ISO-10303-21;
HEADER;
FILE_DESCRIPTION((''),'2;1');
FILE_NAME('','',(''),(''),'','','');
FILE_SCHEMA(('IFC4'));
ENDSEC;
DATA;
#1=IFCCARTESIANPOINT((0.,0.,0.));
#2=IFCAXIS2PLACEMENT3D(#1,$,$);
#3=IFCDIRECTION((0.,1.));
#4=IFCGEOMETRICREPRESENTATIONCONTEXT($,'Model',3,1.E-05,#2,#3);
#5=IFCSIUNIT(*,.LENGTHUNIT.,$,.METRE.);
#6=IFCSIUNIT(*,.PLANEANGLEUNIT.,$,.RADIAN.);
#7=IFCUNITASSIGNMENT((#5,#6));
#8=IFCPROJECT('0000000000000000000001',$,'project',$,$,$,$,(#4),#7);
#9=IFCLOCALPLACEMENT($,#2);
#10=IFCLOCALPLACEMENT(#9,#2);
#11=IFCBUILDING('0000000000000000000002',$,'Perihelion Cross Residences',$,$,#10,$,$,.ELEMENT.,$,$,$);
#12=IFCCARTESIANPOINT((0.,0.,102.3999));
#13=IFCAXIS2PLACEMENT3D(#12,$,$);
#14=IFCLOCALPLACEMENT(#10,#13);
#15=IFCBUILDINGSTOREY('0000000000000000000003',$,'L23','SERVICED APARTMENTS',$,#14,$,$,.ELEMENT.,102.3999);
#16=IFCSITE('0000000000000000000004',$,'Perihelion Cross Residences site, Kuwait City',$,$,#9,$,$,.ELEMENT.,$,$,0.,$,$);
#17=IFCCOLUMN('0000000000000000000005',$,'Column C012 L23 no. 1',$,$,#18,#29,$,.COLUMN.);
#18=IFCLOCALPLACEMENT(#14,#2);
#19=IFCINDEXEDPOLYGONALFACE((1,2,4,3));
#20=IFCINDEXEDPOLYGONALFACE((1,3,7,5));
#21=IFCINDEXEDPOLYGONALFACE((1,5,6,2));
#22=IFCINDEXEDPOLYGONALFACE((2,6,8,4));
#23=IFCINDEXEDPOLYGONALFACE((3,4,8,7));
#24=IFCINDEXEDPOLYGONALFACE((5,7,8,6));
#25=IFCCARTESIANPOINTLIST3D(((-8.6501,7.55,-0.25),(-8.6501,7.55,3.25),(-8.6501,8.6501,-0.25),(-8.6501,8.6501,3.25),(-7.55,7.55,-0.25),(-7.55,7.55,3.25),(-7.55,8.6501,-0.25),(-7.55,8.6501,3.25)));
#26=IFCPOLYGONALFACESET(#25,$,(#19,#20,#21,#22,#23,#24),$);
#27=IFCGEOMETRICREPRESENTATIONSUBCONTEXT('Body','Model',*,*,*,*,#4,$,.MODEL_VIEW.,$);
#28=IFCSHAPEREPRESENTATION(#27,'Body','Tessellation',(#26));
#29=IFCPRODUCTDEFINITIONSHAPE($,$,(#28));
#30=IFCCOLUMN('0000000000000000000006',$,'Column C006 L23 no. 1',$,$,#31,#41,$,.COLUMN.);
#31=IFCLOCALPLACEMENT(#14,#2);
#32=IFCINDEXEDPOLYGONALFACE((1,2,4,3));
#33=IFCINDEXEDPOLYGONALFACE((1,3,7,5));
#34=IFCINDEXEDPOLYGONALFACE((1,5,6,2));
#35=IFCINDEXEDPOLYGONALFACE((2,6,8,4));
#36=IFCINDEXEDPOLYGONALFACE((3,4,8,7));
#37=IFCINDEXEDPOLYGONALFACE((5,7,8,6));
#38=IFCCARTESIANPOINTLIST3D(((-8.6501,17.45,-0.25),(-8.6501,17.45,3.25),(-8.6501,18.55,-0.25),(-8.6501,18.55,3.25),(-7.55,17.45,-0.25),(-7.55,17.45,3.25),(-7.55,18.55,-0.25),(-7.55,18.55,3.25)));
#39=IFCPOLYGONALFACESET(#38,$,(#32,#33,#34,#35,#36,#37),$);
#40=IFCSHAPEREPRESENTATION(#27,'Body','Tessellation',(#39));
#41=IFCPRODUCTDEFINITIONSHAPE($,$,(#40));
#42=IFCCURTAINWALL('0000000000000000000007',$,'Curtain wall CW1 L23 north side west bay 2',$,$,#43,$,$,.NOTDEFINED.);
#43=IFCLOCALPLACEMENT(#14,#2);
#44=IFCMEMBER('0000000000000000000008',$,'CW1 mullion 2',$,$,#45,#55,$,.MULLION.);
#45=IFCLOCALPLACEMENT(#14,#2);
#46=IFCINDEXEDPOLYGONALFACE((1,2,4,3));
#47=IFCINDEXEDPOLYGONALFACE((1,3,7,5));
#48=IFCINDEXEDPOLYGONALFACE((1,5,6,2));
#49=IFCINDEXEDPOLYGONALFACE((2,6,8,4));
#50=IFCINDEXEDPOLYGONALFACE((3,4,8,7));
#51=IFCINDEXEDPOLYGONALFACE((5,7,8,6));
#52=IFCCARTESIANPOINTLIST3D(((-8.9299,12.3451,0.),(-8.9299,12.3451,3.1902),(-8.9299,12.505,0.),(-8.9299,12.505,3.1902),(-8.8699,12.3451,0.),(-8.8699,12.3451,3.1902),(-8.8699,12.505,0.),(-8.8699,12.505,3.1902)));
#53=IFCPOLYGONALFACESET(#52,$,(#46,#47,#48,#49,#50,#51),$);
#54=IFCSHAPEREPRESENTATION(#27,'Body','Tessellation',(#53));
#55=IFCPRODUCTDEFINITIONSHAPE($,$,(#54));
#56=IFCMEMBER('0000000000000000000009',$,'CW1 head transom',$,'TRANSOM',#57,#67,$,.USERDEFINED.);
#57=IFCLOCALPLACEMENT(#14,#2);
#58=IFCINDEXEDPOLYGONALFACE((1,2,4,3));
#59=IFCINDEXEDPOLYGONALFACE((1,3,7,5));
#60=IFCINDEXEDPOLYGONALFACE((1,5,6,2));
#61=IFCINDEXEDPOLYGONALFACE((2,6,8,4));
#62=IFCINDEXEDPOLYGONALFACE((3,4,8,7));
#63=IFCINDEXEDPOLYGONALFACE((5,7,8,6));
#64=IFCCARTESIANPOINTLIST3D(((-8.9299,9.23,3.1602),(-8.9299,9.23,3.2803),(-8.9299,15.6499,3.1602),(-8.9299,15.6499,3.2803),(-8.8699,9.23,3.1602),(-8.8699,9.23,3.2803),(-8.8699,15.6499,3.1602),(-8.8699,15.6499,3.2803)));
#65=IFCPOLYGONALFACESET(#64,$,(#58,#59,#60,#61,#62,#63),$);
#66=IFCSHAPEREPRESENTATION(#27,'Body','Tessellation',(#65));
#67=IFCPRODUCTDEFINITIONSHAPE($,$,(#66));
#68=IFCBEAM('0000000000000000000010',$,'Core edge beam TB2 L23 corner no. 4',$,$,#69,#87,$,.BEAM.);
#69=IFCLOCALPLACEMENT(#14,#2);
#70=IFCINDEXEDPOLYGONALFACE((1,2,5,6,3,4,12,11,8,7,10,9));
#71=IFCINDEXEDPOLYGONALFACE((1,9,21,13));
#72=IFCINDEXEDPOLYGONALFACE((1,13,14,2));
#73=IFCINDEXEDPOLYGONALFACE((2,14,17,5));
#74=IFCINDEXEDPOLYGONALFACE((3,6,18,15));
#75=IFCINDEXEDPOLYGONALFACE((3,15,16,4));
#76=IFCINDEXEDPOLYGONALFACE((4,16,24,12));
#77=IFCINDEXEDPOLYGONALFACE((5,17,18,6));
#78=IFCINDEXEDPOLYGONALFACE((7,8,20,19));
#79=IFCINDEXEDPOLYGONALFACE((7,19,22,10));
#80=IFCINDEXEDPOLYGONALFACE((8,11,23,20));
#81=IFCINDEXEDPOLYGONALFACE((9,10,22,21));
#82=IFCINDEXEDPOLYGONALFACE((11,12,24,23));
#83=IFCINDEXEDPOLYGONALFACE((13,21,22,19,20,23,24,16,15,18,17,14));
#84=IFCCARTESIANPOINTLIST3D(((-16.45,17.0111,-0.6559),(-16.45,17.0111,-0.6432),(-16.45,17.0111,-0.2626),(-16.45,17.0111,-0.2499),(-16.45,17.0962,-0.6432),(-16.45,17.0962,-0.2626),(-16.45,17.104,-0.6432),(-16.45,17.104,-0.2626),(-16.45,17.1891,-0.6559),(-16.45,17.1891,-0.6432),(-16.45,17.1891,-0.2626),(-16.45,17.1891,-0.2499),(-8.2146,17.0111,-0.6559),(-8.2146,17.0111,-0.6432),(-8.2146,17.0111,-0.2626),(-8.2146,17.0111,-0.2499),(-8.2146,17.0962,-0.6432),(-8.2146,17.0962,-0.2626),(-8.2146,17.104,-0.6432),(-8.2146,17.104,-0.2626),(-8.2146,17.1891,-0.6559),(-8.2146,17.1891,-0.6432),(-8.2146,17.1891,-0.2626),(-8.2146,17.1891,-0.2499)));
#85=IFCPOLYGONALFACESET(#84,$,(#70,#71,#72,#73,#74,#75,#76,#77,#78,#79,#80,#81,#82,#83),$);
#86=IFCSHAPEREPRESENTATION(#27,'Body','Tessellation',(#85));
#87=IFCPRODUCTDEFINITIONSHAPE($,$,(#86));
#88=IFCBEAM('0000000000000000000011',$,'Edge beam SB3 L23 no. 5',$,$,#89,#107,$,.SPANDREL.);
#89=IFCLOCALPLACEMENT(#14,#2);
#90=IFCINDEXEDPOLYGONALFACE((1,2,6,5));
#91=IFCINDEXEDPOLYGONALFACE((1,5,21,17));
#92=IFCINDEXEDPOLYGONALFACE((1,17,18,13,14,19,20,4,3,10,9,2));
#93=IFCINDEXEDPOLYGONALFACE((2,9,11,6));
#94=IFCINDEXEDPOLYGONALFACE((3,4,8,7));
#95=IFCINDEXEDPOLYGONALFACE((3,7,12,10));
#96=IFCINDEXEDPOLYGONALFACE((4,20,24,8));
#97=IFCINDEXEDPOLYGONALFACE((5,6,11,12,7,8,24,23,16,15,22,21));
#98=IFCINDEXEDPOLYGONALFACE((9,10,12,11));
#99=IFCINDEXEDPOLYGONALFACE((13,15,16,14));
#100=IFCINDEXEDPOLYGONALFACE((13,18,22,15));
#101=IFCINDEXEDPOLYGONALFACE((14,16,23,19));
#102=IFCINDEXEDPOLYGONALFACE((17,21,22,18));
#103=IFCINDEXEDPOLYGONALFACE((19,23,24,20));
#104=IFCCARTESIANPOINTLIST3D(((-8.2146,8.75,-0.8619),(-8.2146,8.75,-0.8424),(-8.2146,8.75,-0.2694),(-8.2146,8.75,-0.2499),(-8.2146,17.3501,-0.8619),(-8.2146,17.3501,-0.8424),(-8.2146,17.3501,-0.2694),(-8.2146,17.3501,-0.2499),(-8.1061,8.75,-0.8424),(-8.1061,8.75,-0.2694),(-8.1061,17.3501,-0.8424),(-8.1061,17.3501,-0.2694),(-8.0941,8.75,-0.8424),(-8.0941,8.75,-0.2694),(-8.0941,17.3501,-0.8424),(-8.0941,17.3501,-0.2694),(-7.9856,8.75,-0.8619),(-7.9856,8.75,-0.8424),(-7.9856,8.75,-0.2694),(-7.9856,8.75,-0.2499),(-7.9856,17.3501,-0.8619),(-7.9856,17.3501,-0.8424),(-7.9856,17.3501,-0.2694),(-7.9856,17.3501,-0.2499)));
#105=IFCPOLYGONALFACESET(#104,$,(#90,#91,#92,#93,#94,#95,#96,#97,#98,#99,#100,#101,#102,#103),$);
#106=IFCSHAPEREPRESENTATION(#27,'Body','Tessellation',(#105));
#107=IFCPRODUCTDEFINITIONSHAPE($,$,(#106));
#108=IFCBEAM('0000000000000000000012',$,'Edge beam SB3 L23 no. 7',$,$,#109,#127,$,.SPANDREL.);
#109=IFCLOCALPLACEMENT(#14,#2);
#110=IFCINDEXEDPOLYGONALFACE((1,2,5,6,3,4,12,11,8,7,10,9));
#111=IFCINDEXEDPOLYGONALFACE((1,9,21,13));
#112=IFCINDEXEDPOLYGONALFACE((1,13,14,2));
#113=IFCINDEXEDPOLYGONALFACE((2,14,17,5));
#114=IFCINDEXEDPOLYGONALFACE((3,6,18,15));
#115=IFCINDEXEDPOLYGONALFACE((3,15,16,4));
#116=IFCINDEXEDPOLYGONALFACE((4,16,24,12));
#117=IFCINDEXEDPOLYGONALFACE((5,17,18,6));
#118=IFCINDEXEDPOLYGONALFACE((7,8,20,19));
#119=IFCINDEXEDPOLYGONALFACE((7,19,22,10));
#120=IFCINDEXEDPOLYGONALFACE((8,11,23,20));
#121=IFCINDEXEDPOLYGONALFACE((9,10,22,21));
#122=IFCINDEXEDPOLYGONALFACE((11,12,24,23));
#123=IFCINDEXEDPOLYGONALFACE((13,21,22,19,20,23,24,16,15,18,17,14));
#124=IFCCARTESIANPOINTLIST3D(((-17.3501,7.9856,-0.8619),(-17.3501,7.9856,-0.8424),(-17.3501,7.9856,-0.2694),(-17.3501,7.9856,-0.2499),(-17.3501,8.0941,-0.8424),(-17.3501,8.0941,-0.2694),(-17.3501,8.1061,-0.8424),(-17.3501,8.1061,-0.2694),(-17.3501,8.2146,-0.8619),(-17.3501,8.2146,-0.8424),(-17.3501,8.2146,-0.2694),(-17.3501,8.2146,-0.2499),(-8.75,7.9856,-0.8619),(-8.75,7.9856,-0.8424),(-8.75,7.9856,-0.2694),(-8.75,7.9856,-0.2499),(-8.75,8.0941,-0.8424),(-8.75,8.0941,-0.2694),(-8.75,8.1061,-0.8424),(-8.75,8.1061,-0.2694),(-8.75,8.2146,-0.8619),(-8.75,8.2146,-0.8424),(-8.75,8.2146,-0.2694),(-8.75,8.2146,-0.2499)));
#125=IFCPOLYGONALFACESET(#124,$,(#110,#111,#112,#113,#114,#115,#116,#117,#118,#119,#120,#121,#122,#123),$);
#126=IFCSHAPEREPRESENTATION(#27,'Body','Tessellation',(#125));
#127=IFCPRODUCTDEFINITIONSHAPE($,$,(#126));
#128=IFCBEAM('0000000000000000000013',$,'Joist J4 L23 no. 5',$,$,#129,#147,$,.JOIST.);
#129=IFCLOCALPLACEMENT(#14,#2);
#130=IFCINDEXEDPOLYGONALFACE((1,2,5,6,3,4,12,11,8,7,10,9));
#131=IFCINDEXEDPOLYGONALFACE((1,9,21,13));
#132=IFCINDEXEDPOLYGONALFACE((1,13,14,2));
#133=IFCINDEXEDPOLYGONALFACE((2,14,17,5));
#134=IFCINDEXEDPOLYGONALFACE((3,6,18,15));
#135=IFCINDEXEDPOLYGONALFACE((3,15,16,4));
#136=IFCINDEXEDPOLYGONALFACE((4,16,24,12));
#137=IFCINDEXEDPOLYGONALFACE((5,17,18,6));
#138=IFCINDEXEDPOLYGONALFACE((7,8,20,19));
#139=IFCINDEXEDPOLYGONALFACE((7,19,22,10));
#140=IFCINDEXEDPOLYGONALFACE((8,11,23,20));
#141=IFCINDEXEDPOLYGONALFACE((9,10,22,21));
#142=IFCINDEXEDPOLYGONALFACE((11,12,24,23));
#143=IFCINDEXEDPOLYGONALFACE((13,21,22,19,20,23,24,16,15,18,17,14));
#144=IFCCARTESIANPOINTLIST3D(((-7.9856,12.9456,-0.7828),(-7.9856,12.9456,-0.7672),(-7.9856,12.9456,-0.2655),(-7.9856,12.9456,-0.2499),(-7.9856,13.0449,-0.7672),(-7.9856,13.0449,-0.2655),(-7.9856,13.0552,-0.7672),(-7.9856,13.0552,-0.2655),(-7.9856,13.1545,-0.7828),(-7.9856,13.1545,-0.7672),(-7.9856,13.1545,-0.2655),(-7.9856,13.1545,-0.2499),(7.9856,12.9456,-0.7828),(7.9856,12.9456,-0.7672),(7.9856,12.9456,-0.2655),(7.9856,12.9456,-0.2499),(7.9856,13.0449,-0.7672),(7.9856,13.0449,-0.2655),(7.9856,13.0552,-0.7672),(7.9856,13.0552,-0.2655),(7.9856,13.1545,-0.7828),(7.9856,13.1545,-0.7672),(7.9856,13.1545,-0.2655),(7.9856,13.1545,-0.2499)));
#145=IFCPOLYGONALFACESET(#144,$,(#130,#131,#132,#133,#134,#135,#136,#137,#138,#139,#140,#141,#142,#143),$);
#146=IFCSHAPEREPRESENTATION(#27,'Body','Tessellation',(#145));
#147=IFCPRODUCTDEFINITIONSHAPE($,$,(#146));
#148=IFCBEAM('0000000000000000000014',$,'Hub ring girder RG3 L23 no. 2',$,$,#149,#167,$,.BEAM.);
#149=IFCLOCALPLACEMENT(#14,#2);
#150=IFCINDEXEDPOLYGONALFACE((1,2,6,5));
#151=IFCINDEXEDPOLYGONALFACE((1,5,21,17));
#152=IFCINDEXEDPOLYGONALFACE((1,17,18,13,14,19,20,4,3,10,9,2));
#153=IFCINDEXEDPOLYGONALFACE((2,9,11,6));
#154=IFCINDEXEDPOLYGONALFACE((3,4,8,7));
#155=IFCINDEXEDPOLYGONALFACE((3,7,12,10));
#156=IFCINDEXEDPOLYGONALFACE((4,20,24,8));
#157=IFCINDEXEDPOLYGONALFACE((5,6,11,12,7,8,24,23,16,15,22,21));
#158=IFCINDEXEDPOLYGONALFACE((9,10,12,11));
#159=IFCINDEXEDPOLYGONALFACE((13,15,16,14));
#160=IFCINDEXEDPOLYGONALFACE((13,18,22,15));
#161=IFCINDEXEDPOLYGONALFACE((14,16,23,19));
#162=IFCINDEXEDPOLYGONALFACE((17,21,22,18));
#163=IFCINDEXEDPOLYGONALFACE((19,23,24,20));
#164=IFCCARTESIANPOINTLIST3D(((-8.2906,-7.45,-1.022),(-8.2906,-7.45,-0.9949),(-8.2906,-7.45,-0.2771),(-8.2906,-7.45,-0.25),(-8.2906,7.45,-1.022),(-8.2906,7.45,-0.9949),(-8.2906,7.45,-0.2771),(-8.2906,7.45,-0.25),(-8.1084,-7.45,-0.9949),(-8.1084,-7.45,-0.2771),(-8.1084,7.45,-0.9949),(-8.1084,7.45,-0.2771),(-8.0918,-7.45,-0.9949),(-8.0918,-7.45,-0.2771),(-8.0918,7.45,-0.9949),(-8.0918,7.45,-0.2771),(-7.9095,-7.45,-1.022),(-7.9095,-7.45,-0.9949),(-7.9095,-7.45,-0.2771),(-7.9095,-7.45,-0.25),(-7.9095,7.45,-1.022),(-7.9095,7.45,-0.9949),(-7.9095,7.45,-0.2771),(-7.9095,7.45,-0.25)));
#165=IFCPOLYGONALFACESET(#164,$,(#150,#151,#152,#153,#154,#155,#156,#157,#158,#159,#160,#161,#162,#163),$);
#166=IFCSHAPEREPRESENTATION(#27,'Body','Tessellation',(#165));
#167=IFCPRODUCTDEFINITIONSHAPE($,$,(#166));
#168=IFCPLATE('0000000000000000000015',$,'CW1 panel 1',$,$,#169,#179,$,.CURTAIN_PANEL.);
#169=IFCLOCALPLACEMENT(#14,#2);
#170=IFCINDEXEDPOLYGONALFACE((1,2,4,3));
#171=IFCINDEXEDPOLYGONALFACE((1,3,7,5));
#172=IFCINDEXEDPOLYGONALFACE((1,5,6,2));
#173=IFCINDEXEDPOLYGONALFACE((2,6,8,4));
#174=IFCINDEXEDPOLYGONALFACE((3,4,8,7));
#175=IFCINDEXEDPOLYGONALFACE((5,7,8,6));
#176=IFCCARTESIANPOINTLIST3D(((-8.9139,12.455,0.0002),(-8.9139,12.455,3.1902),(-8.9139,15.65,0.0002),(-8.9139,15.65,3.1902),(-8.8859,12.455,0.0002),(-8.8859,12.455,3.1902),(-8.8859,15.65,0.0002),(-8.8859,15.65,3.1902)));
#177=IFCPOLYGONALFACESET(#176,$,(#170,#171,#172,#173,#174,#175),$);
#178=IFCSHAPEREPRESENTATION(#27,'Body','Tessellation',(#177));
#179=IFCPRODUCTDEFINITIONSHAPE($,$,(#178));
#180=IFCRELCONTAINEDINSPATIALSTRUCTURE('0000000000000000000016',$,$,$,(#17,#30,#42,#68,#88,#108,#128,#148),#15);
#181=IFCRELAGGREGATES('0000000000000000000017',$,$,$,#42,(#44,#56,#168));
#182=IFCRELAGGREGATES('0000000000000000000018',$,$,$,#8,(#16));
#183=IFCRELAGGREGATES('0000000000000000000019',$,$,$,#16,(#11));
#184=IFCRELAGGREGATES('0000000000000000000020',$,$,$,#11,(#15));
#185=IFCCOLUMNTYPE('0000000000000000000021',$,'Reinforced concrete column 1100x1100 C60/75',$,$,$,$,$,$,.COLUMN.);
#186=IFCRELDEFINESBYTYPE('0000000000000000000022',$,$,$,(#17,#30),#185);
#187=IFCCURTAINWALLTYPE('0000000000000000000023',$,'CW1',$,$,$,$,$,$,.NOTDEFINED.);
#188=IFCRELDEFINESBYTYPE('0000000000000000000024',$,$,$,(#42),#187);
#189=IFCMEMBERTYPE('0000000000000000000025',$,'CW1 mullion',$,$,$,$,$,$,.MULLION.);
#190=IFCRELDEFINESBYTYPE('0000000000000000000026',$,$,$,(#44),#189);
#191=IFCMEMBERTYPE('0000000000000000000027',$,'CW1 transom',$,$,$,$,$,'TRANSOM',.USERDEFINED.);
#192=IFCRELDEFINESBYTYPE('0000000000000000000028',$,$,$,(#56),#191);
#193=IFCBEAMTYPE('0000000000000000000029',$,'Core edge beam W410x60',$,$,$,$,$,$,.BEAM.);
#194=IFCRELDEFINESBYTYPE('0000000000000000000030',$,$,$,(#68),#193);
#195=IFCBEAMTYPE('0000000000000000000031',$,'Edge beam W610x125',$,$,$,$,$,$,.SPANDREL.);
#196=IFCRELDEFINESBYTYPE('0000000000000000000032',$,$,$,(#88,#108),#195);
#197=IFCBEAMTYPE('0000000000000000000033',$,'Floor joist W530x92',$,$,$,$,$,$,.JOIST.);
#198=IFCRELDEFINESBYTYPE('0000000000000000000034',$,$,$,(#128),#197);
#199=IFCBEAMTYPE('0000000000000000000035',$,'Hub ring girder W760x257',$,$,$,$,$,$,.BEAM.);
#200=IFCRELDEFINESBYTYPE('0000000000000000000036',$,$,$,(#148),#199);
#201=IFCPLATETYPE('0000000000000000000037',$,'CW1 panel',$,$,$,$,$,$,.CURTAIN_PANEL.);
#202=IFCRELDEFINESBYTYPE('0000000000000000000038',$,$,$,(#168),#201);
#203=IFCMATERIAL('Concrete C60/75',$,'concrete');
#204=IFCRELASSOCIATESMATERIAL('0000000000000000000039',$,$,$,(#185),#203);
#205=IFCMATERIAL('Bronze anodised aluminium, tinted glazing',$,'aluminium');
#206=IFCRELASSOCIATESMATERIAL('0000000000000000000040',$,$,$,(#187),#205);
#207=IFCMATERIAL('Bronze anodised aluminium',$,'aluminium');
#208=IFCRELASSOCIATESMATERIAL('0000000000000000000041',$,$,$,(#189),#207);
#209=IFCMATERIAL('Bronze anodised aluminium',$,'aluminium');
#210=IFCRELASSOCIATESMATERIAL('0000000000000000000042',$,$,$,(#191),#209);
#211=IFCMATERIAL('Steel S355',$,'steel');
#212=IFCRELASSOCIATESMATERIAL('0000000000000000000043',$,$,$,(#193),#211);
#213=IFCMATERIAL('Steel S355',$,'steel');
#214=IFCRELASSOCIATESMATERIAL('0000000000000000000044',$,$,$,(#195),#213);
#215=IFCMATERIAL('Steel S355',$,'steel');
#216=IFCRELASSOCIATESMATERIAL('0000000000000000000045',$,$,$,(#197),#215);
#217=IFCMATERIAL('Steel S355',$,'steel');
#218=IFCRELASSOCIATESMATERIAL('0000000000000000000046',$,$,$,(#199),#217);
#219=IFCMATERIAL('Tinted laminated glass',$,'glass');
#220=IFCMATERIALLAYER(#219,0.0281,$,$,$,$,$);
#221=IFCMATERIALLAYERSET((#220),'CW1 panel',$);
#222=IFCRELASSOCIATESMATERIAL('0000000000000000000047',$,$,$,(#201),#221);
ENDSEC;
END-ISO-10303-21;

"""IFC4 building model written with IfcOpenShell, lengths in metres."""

from ifc_helpers import new_model, si_unit, direction, frame, origin, origin_2d, place, context, subcontext, project, spatial, rectangle, i_section, extrude, material, layer, layer_set, material_profile, profile_set, type_object, element, aggregate, save


model = new_model("IFC4")

# Units and contexts
model_context = context("Model", 3, precision=1e-05, world=origin(), true_north=direction((0.0, 1.0)))
body_context = subcontext(model_context, "Body", "Model", "MODEL_VIEW")
ifc_project = project(units=[si_unit("LENGTHUNIT", "METRE"), si_unit("PLANEANGLEUNIT", "RADIAN")], contexts=[model_context])

# Site, building, storey
site_placement = place(None, origin())
site = spatial("IfcSite", under=ifc_project, at=site_placement, Name="Perihelion Cross Residences site, Kuwait City", CompositionType="ELEMENT", RefElevation=0.0)
building_placement = place(site_placement, origin())
building = spatial("IfcBuilding", under=site, at=building_placement, Name="Perihelion Cross Residences", CompositionType="ELEMENT")
storey_placement = place(building_placement, frame((0.0, 0.0, 102.3999)))
storey = spatial("IfcBuildingStorey", under=building, at=storey_placement, Name="L23", Description="SERVICED APARTMENTS", CompositionType="ELEMENT", Elevation=102.3999)

# Columns
ifc_material_1 = material(Name="Concrete C60/75", Category="concrete")
ifc_material_profile_1 = material_profile(ifc_material_1, rectangle(XDim=1.1001, YDim=1.1001, at=origin_2d()), Name="RC 1100x1100")
ifc_profile_set_1 = profile_set([ifc_material_profile_1], Name="Concrete C60/75")
column_type = type_object("IfcColumnType", Name="Reinforced concrete column 1100x1100 C60/75", PredefinedType="COLUMN", material=ifc_profile_set_1)
for number, where, z_axis, x_axis, name in (
    (1, (-8.1001, 8.1001, -0.25), (0.0, 0.0, 1.0), (1.0, 0.0, 0.0), "Column C012 L23 no. 1"),
    (2, (-8.1001, 18.0, -0.25), (0.0, 0.0, 1.0), (1.0, 0.0, 0.0), "Column C006 L23 no. 1"),
):
    element("IfcColumn", number, at=place(storey_placement, frame(where, z_axis=z_axis, x_axis=x_axis)), inside=storey, type_object=column_type, Name=name, PredefinedType="COLUMN", context=body_context, shape_type="SweptSolid", body=[
        extrude(rectangle(XDim=1.1001, YDim=1.1001, at=origin_2d()), origin(), (0.0, 0.0, 1.0), 3.5),
    ])

# Curtain wall, members
ifc_material_2 = material(Name="Bronze anodised aluminium, tinted glazing", Category="aluminium")
curtain_wall_type = type_object("IfcCurtainWallType", Name="CW1", PredefinedType="NOTDEFINED", material=ifc_material_2)
curtain_wall_placement = place(storey_placement, origin())
curtain_wall = element("IfcCurtainWall", 3, at=curtain_wall_placement, inside=storey, type_object=curtain_wall_type, Name="Curtain wall CW1 L23 north side west bay 2", PredefinedType="NOTDEFINED")
ifc_material_3 = material(Name="Bronze anodised aluminium", Category="aluminium")
ifc_material_profile_2 = material_profile(ifc_material_3, rectangle(XDim=0.0601, YDim=0.1599, at=origin_2d()), Name="CW1 mullion")
ifc_profile_set_2 = profile_set([ifc_material_profile_2], Name="Bronze anodised aluminium")
member_type_1 = type_object("IfcMemberType", Name="CW1 mullion", PredefinedType="MULLION", material=ifc_profile_set_2)
member_1_placement = place(storey_placement, frame((-8.8999, 12.425, 0.0), z_axis=(0.0, 0.0, 1.0), x_axis=(1.0, 0.0, 0.0)))
member_1 = element("IfcMember", 4, at=member_1_placement, type_object=member_type_1, Name="CW1 mullion 2", PredefinedType="MULLION", context=body_context, shape_type="SweptSolid", body=[
    extrude(rectangle(XDim=0.0601, YDim=0.1599, at=origin_2d()), origin(), (0.0, 0.0, 1.0), 3.1902),
])
ifc_material_4 = material(Name="Bronze anodised aluminium", Category="aluminium")
ifc_material_profile_3 = material_profile(ifc_material_4, rectangle(XDim=0.0601, YDim=0.1201, at=origin_2d()), Name="CW1 transom")
ifc_profile_set_3 = profile_set([ifc_material_profile_3], Name="Bronze anodised aluminium")
member_type_2 = type_object("IfcMemberType", Name="CW1 transom", ElementType="TRANSOM", PredefinedType="USERDEFINED", material=ifc_profile_set_3)
member_2_placement = place(storey_placement, frame((-8.8999, 15.6499, 3.2202), z_axis=(0.0, -1.0, 0.0), x_axis=(1.0, 0.0, 0.0)))
member_2 = element("IfcMember", 5, at=member_2_placement, type_object=member_type_2, Name="CW1 head transom", ObjectType="TRANSOM", PredefinedType="USERDEFINED", context=body_context, shape_type="SweptSolid", body=[
    extrude(rectangle(XDim=0.0601, YDim=0.1201, at=origin_2d()), origin(), (0.0, 0.0, 1.0), 6.4199),
])

# Beams
ifc_material_5 = material(Name="Steel S355", Category="steel")
ifc_material_profile_4 = material_profile(ifc_material_5, i_section(OverallWidth=0.178, OverallDepth=0.406, WebThickness=0.0078, FlangeThickness=0.0127, at=origin_2d()), Name="W410x60")
ifc_profile_set_4 = profile_set([ifc_material_profile_4], Name="Steel S355")
beam_type_1 = type_object("IfcBeamType", Name="Core edge beam W410x60", PredefinedType="BEAM", material=ifc_profile_set_4)
beam_1_placement = place(storey_placement, frame((-8.2146, 17.1001, -0.4529), z_axis=(-1.0, 0.0, 0.0), x_axis=(0.0, -1.0, 0.0)))
element("IfcBeam", 6, at=beam_1_placement, inside=storey, type_object=beam_type_1, Name="Core edge beam TB2 L23 corner no. 4", PredefinedType="BEAM", context=body_context, shape_type="SweptSolid", body=[
    extrude(i_section(OverallWidth=0.178, OverallDepth=0.406, WebThickness=0.0078, FlangeThickness=0.0127, at=origin_2d()), origin(), (0.0, 0.0, 1.0), 8.2354),
])
ifc_material_6 = material(Name="Steel S355", Category="steel")
ifc_material_profile_5 = material_profile(ifc_material_6, i_section(OverallWidth=0.229, OverallDepth=0.6121, WebThickness=0.012, FlangeThickness=0.0195, at=origin_2d()), Name="W610x125")
ifc_profile_set_5 = profile_set([ifc_material_profile_5], Name="Steel S355")
beam_type_2 = type_object("IfcBeamType", Name="Edge beam W610x125", PredefinedType="SPANDREL", material=ifc_profile_set_5)
for number, where, z_axis, x_axis, name in (
    (7, (-8.1001, 17.3501, -0.5559), (0.0, -1.0, 0.0), (1.0, 0.0, 0.0), "Edge beam SB3 L23 no. 5"),
    (8, (-8.75, 8.1001, -0.5559), (-1.0, 0.0, 0.0), (0.0, -1.0, 0.0), "Edge beam SB3 L23 no. 7"),
):
    element("IfcBeam", number, at=place(storey_placement, frame(where, z_axis=z_axis, x_axis=x_axis)), inside=storey, type_object=beam_type_2, Name=name, PredefinedType="SPANDREL", context=body_context, shape_type="SweptSolid", body=[
        extrude(i_section(OverallWidth=0.229, OverallDepth=0.6121, WebThickness=0.012, FlangeThickness=0.0195, at=origin_2d()), origin(), (0.0, 0.0, 1.0), 8.6001),
    ])
ifc_material_7 = material(Name="Steel S355", Category="steel")
ifc_material_profile_6 = material_profile(ifc_material_7, i_section(OverallWidth=0.209, OverallDepth=0.533, WebThickness=0.0103, FlangeThickness=0.0156, at=origin_2d()), Name="W530x92")
ifc_profile_set_6 = profile_set([ifc_material_profile_6], Name="Steel S355")
beam_type_3 = type_object("IfcBeamType", Name="Floor joist W530x92", PredefinedType="JOIST", material=ifc_profile_set_6)
beam_2_placement = place(storey_placement, frame((-7.9856, 13.05, -0.5164), z_axis=(1.0, 0.0, 0.0), x_axis=(0.0, 1.0, 0.0)))
element("IfcBeam", 9, at=beam_2_placement, inside=storey, type_object=beam_type_3, Name="Joist J4 L23 no. 5", PredefinedType="JOIST", context=body_context, shape_type="SweptSolid", body=[
    extrude(i_section(OverallWidth=0.209, OverallDepth=0.533, WebThickness=0.0103, FlangeThickness=0.0156, at=origin_2d()), origin(), (0.0, 0.0, 1.0), 15.9712),
])
ifc_material_8 = material(Name="Steel S355", Category="steel")
ifc_material_profile_7 = material_profile(ifc_material_8, i_section(OverallWidth=0.3811, OverallDepth=0.772, WebThickness=0.0166, FlangeThickness=0.0271, at=origin_2d()), Name="W760x257")
ifc_profile_set_7 = profile_set([ifc_material_profile_7], Name="Steel S355")
beam_type_4 = type_object("IfcBeamType", Name="Hub ring girder W760x257", PredefinedType="BEAM", material=ifc_profile_set_7)
beam_3_placement = place(storey_placement, frame((-8.1001, 7.45, -0.636), z_axis=(0.0, -1.0, 0.0), x_axis=(1.0, 0.0, 0.0)))
element("IfcBeam", 10, at=beam_3_placement, inside=storey, type_object=beam_type_4, Name="Hub ring girder RG3 L23 no. 2", PredefinedType="BEAM", context=body_context, shape_type="SweptSolid", body=[
    extrude(i_section(OverallWidth=0.3811, OverallDepth=0.772, WebThickness=0.0166, FlangeThickness=0.0271, at=origin_2d()), origin(), (0.0, 0.0, 1.0), 14.8999),
])

# Plate
ifc_material_9 = material(Name="Tinted laminated glass", Category="glass")
ifc_layer_1 = layer(ifc_material_9, 0.0281)
ifc_layer_set_1 = layer_set([ifc_layer_1], Name="CW1 panel")
plate_type = type_object("IfcPlateType", Name="CW1 panel", PredefinedType="CURTAIN_PANEL", material=ifc_layer_set_1)
plate_1_placement = place(storey_placement, frame((-8.8999, 14.0525, 0.0002), z_axis=(0.0, 0.0, 1.0), x_axis=(0.0, -1.0, 0.0)))
plate_1 = element("IfcPlate", 11, at=plate_1_placement, type_object=plate_type, Name="CW1 panel 1", PredefinedType="CURTAIN_PANEL", context=body_context, shape_type="SweptSolid", body=[
    extrude(rectangle(XDim=3.1951, YDim=0.0281, at=origin_2d()), origin(), (0.0, 0.0, 1.0), 3.1899),
])
aggregate(curtain_wall, [member_1, member_2, plate_1])

save(model, "model.ifc")
